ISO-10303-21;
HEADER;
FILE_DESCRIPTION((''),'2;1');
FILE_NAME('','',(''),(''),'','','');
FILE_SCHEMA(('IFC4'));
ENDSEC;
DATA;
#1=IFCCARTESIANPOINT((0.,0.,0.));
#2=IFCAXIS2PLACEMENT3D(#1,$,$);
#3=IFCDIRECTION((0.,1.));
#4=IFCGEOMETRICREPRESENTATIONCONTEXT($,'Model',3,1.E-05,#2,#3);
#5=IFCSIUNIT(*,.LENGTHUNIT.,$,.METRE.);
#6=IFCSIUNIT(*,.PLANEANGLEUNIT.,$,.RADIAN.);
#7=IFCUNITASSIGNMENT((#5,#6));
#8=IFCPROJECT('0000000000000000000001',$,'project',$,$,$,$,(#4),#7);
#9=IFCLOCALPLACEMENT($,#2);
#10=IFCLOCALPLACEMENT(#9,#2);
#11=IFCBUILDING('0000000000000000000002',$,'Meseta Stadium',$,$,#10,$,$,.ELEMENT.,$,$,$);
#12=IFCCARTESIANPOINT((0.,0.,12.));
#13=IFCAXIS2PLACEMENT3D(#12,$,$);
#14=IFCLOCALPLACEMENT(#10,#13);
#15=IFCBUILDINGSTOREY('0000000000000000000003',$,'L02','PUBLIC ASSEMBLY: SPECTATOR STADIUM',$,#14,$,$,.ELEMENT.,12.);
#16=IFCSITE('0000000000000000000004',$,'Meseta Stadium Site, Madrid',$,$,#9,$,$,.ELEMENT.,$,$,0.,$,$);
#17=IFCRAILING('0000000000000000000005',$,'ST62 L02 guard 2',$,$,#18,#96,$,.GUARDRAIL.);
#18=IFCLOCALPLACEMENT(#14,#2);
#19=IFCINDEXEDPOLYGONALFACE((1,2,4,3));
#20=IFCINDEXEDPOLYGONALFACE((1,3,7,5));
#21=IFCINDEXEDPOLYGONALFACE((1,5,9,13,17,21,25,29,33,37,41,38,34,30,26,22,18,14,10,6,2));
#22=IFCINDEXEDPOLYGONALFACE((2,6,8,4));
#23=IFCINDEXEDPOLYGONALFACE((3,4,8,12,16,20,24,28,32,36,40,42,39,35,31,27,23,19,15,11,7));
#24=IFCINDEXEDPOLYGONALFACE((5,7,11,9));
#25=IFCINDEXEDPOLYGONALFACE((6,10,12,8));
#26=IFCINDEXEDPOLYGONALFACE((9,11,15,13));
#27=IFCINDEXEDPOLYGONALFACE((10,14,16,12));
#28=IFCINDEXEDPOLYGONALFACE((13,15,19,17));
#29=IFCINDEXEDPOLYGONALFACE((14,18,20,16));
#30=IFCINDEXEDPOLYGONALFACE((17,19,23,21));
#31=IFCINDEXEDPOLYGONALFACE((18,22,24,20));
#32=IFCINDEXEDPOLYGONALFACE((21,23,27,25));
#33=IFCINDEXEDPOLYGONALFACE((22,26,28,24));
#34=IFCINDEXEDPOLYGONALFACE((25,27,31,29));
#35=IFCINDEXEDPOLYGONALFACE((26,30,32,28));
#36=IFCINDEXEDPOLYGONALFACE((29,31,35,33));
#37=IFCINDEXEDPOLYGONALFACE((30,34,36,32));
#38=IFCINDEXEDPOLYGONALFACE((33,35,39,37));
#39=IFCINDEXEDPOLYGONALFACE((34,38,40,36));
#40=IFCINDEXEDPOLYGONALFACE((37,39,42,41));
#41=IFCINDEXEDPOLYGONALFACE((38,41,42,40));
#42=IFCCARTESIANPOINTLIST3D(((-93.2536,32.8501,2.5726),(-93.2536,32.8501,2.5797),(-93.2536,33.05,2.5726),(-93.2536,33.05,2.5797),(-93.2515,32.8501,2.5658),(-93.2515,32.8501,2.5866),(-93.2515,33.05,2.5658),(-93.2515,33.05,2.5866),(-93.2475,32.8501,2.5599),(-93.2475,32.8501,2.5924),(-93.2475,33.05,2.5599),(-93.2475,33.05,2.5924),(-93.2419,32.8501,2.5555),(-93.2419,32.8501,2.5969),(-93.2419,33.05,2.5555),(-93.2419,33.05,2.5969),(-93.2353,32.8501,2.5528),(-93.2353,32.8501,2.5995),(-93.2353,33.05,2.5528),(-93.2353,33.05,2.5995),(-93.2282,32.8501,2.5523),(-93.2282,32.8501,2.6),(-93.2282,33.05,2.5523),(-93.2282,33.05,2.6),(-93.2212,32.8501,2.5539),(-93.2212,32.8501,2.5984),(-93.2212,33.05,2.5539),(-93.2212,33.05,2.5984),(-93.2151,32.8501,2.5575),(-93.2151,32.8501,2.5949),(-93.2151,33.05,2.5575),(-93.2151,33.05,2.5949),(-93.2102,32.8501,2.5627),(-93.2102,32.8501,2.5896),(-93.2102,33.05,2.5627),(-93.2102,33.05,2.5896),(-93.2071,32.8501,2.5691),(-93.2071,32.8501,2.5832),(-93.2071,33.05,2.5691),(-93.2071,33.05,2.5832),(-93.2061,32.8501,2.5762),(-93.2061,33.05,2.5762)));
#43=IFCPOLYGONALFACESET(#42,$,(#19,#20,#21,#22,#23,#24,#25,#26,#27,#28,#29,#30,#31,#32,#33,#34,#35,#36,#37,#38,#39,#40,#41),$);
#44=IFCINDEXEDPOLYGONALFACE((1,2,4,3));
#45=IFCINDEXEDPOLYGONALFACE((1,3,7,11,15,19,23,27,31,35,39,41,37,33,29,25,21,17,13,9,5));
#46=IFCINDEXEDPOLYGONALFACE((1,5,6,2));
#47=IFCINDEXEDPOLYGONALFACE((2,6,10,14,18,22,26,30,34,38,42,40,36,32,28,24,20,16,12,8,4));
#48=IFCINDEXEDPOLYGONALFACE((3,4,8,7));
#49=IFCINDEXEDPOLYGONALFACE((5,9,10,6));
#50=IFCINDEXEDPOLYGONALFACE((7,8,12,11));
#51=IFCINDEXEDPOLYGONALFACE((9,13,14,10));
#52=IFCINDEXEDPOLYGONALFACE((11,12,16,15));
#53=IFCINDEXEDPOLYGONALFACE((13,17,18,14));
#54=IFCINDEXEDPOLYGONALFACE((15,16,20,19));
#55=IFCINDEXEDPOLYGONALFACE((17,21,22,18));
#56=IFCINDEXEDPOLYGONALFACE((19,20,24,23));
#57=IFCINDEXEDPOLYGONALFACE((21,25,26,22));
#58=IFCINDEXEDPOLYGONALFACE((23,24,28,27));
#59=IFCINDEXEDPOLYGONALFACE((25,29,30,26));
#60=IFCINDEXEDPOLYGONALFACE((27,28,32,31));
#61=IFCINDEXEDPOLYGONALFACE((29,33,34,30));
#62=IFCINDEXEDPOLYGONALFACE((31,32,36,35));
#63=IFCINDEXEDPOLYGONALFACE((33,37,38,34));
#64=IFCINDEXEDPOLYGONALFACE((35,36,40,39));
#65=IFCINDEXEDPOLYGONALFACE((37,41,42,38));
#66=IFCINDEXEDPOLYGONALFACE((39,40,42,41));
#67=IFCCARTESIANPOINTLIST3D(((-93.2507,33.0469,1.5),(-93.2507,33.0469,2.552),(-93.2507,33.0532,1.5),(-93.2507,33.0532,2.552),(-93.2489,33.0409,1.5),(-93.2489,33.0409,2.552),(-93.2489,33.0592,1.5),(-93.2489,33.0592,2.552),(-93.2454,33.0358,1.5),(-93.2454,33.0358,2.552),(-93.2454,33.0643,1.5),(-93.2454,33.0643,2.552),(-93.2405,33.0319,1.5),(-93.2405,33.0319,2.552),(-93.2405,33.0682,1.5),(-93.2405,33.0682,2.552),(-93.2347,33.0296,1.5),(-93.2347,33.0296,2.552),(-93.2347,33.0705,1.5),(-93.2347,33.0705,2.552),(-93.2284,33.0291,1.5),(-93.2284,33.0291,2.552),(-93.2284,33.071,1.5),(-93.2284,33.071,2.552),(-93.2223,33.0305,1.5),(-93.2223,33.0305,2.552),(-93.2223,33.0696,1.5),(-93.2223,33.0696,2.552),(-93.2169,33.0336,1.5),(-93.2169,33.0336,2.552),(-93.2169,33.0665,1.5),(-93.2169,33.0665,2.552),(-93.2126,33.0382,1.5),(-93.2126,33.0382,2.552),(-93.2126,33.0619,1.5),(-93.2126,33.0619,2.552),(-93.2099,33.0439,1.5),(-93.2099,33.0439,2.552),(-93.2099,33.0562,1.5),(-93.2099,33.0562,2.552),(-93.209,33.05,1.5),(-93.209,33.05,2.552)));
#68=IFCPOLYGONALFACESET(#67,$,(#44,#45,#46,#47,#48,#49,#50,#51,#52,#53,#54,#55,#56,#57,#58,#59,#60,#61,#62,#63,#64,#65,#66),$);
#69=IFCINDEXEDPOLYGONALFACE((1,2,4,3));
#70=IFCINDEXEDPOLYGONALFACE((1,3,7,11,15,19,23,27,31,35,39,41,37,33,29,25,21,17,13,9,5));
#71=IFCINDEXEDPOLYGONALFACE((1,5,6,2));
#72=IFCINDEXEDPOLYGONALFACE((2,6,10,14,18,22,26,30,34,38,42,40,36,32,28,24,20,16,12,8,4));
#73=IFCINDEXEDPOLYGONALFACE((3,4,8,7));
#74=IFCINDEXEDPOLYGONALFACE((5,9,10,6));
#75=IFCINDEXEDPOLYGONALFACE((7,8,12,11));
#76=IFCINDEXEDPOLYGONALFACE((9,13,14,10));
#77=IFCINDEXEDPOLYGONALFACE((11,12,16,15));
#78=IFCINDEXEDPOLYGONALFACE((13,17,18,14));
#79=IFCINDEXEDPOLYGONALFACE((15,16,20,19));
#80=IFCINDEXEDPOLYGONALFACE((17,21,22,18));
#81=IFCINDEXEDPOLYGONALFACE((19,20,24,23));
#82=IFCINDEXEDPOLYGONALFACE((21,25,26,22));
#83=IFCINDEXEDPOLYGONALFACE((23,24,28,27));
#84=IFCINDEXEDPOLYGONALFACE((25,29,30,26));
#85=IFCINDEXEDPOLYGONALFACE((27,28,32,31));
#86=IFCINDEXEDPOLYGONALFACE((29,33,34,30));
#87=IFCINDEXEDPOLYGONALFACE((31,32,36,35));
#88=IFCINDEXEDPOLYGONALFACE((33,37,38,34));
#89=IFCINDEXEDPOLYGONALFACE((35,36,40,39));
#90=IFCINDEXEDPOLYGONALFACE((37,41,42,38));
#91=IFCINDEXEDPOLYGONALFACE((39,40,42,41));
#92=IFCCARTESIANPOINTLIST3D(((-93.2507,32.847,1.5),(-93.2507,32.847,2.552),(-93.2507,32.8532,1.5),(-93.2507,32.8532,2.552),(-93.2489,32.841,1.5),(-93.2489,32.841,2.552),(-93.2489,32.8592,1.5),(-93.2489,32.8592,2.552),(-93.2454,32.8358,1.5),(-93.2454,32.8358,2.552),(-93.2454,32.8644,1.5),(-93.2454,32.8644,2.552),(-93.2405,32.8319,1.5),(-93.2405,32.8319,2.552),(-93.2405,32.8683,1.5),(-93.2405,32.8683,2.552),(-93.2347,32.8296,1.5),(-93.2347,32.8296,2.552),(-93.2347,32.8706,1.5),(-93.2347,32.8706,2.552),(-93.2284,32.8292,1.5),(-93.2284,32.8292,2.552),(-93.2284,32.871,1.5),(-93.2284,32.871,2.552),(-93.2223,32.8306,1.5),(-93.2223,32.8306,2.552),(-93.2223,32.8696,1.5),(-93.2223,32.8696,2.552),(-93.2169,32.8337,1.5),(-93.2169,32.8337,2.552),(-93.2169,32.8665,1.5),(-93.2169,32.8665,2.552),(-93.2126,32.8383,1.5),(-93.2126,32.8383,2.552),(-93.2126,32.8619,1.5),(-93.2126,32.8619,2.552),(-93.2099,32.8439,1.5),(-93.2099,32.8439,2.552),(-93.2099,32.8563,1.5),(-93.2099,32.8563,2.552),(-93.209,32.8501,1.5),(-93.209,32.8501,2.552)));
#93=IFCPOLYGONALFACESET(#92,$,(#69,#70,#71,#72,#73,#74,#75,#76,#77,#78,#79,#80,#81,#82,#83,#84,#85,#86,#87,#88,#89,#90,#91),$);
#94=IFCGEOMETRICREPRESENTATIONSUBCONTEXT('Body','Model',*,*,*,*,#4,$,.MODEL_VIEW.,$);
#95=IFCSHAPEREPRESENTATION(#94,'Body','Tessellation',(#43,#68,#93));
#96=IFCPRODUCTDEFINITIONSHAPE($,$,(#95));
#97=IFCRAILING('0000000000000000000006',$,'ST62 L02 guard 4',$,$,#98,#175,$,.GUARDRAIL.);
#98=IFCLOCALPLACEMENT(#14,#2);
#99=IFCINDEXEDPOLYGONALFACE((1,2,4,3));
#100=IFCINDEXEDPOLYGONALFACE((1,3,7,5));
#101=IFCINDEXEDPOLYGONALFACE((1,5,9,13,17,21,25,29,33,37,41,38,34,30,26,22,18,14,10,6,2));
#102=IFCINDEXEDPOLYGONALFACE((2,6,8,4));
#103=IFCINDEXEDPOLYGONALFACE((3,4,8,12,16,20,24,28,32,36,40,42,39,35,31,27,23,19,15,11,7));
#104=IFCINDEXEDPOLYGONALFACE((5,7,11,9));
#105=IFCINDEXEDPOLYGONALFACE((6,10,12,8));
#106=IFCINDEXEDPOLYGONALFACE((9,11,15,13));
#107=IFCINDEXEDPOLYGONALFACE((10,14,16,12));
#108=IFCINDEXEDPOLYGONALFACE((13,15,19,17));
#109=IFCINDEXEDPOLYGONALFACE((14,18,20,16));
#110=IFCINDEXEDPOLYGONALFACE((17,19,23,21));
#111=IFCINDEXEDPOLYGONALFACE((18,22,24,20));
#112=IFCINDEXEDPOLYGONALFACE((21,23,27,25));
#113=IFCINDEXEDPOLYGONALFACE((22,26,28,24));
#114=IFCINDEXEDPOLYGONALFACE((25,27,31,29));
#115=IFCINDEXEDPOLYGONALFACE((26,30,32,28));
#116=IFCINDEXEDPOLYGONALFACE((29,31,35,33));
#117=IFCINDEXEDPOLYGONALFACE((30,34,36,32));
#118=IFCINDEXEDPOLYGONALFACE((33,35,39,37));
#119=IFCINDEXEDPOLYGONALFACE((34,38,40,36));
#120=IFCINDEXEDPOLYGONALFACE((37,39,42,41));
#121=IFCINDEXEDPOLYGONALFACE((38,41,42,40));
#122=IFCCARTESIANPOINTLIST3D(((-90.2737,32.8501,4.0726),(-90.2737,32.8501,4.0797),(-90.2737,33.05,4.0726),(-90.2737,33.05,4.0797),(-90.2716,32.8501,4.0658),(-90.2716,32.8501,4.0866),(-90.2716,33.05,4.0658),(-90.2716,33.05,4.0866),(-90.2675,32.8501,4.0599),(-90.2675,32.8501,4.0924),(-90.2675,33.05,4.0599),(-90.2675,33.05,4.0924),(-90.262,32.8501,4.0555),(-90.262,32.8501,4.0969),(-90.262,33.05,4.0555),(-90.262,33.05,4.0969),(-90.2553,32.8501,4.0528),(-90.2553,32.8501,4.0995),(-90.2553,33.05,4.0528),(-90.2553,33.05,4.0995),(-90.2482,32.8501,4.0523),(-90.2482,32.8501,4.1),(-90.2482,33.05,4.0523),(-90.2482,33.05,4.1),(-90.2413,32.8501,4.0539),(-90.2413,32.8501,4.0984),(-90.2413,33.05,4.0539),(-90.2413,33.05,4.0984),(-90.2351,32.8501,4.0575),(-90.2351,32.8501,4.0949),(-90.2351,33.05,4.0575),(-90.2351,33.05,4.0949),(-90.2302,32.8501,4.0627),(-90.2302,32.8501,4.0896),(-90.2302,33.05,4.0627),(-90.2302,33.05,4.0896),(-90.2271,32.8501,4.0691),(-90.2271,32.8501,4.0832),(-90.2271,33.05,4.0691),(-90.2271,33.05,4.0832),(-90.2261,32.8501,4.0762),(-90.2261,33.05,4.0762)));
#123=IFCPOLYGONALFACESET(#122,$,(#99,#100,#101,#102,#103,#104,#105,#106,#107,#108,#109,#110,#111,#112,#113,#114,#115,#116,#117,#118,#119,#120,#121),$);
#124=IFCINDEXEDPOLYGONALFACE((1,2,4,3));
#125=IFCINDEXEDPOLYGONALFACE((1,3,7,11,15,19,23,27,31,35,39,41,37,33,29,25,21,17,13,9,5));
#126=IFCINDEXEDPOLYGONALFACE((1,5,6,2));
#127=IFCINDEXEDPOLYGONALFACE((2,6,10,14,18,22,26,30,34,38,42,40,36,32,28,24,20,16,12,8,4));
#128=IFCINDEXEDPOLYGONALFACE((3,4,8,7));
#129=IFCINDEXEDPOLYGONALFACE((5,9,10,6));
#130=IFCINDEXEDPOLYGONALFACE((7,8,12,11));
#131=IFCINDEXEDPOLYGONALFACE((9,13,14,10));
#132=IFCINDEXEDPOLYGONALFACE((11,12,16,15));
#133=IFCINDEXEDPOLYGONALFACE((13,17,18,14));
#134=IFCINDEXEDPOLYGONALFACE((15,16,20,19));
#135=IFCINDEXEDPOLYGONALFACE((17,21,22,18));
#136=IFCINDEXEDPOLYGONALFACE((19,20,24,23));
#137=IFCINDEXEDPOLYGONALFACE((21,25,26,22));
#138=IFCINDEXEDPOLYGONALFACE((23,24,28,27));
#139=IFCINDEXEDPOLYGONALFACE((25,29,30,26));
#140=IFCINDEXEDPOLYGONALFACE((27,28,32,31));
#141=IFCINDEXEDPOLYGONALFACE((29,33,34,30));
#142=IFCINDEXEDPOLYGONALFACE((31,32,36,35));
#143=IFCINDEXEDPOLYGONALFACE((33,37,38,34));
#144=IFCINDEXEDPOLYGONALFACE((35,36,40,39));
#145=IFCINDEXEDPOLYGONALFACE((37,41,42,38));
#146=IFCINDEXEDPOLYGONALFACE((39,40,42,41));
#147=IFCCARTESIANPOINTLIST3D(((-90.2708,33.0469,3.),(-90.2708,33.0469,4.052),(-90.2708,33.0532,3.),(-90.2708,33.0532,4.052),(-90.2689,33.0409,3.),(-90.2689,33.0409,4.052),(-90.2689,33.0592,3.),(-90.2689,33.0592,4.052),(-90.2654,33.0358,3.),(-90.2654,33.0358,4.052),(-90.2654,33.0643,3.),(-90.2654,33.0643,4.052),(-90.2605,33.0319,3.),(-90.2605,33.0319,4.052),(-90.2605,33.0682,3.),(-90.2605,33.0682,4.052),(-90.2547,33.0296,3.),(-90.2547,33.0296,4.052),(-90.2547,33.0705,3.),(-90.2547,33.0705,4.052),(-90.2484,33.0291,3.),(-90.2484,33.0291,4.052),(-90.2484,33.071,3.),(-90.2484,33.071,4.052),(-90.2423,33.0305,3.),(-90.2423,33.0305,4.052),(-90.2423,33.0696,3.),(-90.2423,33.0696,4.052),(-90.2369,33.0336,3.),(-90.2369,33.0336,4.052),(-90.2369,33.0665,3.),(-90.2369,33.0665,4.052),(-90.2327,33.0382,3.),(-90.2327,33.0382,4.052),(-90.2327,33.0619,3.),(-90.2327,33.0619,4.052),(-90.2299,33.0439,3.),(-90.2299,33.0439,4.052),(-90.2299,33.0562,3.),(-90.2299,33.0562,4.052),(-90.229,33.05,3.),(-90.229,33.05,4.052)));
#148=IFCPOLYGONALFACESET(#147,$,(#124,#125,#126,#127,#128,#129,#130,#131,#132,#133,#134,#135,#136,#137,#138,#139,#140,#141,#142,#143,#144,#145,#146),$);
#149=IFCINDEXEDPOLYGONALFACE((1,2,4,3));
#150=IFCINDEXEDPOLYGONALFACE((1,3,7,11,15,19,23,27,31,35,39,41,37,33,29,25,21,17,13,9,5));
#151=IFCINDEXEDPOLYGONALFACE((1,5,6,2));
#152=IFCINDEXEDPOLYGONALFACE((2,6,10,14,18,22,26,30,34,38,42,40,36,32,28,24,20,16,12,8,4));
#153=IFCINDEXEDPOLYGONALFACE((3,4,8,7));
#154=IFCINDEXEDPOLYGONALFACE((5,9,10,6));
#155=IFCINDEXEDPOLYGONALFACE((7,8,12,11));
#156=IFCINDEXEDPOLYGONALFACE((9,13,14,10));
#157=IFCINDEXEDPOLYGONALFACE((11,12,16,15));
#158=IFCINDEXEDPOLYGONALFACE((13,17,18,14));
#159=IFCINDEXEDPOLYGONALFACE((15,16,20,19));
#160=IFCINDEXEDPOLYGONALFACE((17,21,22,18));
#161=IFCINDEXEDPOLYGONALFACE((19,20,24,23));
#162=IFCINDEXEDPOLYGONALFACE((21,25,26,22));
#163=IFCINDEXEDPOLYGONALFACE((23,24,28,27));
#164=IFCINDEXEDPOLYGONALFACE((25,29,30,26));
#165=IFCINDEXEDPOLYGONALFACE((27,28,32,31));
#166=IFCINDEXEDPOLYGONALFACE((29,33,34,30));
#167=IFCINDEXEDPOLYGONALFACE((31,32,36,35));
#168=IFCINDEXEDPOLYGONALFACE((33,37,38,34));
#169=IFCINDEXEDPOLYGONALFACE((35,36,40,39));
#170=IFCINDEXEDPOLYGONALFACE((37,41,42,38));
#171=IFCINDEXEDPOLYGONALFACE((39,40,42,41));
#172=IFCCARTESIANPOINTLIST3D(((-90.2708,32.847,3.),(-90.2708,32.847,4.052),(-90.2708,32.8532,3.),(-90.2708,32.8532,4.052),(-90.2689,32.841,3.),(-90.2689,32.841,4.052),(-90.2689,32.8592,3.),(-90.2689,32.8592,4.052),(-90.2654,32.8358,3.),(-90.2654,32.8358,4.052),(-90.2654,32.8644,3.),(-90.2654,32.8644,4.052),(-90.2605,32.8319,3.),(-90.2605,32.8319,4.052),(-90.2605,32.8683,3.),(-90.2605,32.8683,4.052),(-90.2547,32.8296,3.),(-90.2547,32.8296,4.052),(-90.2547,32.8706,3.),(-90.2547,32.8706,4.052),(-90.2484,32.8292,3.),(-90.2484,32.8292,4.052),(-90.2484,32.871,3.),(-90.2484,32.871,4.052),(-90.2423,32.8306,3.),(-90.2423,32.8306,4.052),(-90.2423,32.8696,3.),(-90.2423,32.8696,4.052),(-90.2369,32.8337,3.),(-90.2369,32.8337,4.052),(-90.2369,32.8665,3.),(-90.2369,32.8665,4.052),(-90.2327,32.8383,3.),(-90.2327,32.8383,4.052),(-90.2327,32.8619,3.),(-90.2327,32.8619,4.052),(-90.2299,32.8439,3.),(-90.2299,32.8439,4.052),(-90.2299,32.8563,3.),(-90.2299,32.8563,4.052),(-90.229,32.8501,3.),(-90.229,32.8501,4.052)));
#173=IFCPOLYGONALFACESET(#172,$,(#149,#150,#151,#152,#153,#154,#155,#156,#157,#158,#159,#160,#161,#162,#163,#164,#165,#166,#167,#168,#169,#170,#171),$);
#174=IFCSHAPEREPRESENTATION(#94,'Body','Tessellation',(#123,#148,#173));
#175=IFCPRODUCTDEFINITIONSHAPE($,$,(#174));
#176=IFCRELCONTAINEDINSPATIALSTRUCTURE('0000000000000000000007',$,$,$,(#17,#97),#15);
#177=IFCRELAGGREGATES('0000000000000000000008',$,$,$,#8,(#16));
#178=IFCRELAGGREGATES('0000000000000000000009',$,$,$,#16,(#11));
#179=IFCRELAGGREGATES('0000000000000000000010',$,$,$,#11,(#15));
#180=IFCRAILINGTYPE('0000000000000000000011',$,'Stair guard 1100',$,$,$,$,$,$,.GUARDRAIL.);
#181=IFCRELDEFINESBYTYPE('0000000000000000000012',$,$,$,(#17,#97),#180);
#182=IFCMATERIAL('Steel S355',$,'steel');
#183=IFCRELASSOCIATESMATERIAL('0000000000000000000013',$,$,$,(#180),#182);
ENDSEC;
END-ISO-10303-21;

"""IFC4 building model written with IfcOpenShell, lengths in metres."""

from ifc_helpers import new_model, si_unit, direction, frame, origin, origin_2d, place, context, subcontext, project, spatial, circle, extrude, material, type_object, element, save


model = new_model("IFC4")

# Units and contexts
model_context = context("Model", 3, precision=1e-05, world=origin(), true_north=direction((0.0, 1.0)))
body_context = subcontext(model_context, "Body", "Model", "MODEL_VIEW")
ifc_project = project(units=[si_unit("LENGTHUNIT", "METRE"), si_unit("PLANEANGLEUNIT", "RADIAN")], contexts=[model_context])

# Site, building, storey
site_placement = place(None, origin())
site = spatial("IfcSite", under=ifc_project, at=site_placement, Name="Meseta Stadium Site, Madrid", CompositionType="ELEMENT", RefElevation=0.0)
building_placement = place(site_placement, origin())
building = spatial("IfcBuilding", under=site, at=building_placement, Name="Meseta Stadium", CompositionType="ELEMENT")
storey_placement = place(building_placement, frame((0.0, 0.0, 12.0)))
storey = spatial("IfcBuildingStorey", under=building, at=storey_placement, Name="L02", Description="PUBLIC ASSEMBLY: SPECTATOR STADIUM", CompositionType="ELEMENT", Elevation=12.0)

# Railings
ifc_material_1 = material(Name="Steel S355", Category="steel")
railing_type_1 = type_object("IfcRailingType", Name="Stair guard 1100", PredefinedType="GUARDRAIL", material=ifc_material_1)
for number, where, name in (
    (1, (-93.23, 33.05, 1.5), "ST62 L02 guard 2"),
    (2, (-90.25, 33.05, 3.0), "ST62 L02 guard 4"),
):
    element("IfcRailing", number, at=place(storey_placement, frame(where)), inside=storey, type_object=railing_type_1, Name=name, PredefinedType="GUARDRAIL", context=body_context, shape_type="SweptSolid", body=[
        extrude(circle(Radius=0.0239, at=origin_2d()), frame((0.0, 0.0, 1.0762), z_axis=(0.0, -1.0, 0.0), x_axis=(1.0, 0.0, 0.0)), (0.0, 0.0, 1.0), 0.2),
        extrude(circle(Radius=0.021, at=origin_2d()), origin(), (0.0, 0.0, 1.0), 1.052),
        extrude(circle(Radius=0.021, at=origin_2d()), frame((0.0, -0.2, 0.0)), (0.0, 0.0, 1.0), 1.052),
    ])

save(model, "model.ifc")
